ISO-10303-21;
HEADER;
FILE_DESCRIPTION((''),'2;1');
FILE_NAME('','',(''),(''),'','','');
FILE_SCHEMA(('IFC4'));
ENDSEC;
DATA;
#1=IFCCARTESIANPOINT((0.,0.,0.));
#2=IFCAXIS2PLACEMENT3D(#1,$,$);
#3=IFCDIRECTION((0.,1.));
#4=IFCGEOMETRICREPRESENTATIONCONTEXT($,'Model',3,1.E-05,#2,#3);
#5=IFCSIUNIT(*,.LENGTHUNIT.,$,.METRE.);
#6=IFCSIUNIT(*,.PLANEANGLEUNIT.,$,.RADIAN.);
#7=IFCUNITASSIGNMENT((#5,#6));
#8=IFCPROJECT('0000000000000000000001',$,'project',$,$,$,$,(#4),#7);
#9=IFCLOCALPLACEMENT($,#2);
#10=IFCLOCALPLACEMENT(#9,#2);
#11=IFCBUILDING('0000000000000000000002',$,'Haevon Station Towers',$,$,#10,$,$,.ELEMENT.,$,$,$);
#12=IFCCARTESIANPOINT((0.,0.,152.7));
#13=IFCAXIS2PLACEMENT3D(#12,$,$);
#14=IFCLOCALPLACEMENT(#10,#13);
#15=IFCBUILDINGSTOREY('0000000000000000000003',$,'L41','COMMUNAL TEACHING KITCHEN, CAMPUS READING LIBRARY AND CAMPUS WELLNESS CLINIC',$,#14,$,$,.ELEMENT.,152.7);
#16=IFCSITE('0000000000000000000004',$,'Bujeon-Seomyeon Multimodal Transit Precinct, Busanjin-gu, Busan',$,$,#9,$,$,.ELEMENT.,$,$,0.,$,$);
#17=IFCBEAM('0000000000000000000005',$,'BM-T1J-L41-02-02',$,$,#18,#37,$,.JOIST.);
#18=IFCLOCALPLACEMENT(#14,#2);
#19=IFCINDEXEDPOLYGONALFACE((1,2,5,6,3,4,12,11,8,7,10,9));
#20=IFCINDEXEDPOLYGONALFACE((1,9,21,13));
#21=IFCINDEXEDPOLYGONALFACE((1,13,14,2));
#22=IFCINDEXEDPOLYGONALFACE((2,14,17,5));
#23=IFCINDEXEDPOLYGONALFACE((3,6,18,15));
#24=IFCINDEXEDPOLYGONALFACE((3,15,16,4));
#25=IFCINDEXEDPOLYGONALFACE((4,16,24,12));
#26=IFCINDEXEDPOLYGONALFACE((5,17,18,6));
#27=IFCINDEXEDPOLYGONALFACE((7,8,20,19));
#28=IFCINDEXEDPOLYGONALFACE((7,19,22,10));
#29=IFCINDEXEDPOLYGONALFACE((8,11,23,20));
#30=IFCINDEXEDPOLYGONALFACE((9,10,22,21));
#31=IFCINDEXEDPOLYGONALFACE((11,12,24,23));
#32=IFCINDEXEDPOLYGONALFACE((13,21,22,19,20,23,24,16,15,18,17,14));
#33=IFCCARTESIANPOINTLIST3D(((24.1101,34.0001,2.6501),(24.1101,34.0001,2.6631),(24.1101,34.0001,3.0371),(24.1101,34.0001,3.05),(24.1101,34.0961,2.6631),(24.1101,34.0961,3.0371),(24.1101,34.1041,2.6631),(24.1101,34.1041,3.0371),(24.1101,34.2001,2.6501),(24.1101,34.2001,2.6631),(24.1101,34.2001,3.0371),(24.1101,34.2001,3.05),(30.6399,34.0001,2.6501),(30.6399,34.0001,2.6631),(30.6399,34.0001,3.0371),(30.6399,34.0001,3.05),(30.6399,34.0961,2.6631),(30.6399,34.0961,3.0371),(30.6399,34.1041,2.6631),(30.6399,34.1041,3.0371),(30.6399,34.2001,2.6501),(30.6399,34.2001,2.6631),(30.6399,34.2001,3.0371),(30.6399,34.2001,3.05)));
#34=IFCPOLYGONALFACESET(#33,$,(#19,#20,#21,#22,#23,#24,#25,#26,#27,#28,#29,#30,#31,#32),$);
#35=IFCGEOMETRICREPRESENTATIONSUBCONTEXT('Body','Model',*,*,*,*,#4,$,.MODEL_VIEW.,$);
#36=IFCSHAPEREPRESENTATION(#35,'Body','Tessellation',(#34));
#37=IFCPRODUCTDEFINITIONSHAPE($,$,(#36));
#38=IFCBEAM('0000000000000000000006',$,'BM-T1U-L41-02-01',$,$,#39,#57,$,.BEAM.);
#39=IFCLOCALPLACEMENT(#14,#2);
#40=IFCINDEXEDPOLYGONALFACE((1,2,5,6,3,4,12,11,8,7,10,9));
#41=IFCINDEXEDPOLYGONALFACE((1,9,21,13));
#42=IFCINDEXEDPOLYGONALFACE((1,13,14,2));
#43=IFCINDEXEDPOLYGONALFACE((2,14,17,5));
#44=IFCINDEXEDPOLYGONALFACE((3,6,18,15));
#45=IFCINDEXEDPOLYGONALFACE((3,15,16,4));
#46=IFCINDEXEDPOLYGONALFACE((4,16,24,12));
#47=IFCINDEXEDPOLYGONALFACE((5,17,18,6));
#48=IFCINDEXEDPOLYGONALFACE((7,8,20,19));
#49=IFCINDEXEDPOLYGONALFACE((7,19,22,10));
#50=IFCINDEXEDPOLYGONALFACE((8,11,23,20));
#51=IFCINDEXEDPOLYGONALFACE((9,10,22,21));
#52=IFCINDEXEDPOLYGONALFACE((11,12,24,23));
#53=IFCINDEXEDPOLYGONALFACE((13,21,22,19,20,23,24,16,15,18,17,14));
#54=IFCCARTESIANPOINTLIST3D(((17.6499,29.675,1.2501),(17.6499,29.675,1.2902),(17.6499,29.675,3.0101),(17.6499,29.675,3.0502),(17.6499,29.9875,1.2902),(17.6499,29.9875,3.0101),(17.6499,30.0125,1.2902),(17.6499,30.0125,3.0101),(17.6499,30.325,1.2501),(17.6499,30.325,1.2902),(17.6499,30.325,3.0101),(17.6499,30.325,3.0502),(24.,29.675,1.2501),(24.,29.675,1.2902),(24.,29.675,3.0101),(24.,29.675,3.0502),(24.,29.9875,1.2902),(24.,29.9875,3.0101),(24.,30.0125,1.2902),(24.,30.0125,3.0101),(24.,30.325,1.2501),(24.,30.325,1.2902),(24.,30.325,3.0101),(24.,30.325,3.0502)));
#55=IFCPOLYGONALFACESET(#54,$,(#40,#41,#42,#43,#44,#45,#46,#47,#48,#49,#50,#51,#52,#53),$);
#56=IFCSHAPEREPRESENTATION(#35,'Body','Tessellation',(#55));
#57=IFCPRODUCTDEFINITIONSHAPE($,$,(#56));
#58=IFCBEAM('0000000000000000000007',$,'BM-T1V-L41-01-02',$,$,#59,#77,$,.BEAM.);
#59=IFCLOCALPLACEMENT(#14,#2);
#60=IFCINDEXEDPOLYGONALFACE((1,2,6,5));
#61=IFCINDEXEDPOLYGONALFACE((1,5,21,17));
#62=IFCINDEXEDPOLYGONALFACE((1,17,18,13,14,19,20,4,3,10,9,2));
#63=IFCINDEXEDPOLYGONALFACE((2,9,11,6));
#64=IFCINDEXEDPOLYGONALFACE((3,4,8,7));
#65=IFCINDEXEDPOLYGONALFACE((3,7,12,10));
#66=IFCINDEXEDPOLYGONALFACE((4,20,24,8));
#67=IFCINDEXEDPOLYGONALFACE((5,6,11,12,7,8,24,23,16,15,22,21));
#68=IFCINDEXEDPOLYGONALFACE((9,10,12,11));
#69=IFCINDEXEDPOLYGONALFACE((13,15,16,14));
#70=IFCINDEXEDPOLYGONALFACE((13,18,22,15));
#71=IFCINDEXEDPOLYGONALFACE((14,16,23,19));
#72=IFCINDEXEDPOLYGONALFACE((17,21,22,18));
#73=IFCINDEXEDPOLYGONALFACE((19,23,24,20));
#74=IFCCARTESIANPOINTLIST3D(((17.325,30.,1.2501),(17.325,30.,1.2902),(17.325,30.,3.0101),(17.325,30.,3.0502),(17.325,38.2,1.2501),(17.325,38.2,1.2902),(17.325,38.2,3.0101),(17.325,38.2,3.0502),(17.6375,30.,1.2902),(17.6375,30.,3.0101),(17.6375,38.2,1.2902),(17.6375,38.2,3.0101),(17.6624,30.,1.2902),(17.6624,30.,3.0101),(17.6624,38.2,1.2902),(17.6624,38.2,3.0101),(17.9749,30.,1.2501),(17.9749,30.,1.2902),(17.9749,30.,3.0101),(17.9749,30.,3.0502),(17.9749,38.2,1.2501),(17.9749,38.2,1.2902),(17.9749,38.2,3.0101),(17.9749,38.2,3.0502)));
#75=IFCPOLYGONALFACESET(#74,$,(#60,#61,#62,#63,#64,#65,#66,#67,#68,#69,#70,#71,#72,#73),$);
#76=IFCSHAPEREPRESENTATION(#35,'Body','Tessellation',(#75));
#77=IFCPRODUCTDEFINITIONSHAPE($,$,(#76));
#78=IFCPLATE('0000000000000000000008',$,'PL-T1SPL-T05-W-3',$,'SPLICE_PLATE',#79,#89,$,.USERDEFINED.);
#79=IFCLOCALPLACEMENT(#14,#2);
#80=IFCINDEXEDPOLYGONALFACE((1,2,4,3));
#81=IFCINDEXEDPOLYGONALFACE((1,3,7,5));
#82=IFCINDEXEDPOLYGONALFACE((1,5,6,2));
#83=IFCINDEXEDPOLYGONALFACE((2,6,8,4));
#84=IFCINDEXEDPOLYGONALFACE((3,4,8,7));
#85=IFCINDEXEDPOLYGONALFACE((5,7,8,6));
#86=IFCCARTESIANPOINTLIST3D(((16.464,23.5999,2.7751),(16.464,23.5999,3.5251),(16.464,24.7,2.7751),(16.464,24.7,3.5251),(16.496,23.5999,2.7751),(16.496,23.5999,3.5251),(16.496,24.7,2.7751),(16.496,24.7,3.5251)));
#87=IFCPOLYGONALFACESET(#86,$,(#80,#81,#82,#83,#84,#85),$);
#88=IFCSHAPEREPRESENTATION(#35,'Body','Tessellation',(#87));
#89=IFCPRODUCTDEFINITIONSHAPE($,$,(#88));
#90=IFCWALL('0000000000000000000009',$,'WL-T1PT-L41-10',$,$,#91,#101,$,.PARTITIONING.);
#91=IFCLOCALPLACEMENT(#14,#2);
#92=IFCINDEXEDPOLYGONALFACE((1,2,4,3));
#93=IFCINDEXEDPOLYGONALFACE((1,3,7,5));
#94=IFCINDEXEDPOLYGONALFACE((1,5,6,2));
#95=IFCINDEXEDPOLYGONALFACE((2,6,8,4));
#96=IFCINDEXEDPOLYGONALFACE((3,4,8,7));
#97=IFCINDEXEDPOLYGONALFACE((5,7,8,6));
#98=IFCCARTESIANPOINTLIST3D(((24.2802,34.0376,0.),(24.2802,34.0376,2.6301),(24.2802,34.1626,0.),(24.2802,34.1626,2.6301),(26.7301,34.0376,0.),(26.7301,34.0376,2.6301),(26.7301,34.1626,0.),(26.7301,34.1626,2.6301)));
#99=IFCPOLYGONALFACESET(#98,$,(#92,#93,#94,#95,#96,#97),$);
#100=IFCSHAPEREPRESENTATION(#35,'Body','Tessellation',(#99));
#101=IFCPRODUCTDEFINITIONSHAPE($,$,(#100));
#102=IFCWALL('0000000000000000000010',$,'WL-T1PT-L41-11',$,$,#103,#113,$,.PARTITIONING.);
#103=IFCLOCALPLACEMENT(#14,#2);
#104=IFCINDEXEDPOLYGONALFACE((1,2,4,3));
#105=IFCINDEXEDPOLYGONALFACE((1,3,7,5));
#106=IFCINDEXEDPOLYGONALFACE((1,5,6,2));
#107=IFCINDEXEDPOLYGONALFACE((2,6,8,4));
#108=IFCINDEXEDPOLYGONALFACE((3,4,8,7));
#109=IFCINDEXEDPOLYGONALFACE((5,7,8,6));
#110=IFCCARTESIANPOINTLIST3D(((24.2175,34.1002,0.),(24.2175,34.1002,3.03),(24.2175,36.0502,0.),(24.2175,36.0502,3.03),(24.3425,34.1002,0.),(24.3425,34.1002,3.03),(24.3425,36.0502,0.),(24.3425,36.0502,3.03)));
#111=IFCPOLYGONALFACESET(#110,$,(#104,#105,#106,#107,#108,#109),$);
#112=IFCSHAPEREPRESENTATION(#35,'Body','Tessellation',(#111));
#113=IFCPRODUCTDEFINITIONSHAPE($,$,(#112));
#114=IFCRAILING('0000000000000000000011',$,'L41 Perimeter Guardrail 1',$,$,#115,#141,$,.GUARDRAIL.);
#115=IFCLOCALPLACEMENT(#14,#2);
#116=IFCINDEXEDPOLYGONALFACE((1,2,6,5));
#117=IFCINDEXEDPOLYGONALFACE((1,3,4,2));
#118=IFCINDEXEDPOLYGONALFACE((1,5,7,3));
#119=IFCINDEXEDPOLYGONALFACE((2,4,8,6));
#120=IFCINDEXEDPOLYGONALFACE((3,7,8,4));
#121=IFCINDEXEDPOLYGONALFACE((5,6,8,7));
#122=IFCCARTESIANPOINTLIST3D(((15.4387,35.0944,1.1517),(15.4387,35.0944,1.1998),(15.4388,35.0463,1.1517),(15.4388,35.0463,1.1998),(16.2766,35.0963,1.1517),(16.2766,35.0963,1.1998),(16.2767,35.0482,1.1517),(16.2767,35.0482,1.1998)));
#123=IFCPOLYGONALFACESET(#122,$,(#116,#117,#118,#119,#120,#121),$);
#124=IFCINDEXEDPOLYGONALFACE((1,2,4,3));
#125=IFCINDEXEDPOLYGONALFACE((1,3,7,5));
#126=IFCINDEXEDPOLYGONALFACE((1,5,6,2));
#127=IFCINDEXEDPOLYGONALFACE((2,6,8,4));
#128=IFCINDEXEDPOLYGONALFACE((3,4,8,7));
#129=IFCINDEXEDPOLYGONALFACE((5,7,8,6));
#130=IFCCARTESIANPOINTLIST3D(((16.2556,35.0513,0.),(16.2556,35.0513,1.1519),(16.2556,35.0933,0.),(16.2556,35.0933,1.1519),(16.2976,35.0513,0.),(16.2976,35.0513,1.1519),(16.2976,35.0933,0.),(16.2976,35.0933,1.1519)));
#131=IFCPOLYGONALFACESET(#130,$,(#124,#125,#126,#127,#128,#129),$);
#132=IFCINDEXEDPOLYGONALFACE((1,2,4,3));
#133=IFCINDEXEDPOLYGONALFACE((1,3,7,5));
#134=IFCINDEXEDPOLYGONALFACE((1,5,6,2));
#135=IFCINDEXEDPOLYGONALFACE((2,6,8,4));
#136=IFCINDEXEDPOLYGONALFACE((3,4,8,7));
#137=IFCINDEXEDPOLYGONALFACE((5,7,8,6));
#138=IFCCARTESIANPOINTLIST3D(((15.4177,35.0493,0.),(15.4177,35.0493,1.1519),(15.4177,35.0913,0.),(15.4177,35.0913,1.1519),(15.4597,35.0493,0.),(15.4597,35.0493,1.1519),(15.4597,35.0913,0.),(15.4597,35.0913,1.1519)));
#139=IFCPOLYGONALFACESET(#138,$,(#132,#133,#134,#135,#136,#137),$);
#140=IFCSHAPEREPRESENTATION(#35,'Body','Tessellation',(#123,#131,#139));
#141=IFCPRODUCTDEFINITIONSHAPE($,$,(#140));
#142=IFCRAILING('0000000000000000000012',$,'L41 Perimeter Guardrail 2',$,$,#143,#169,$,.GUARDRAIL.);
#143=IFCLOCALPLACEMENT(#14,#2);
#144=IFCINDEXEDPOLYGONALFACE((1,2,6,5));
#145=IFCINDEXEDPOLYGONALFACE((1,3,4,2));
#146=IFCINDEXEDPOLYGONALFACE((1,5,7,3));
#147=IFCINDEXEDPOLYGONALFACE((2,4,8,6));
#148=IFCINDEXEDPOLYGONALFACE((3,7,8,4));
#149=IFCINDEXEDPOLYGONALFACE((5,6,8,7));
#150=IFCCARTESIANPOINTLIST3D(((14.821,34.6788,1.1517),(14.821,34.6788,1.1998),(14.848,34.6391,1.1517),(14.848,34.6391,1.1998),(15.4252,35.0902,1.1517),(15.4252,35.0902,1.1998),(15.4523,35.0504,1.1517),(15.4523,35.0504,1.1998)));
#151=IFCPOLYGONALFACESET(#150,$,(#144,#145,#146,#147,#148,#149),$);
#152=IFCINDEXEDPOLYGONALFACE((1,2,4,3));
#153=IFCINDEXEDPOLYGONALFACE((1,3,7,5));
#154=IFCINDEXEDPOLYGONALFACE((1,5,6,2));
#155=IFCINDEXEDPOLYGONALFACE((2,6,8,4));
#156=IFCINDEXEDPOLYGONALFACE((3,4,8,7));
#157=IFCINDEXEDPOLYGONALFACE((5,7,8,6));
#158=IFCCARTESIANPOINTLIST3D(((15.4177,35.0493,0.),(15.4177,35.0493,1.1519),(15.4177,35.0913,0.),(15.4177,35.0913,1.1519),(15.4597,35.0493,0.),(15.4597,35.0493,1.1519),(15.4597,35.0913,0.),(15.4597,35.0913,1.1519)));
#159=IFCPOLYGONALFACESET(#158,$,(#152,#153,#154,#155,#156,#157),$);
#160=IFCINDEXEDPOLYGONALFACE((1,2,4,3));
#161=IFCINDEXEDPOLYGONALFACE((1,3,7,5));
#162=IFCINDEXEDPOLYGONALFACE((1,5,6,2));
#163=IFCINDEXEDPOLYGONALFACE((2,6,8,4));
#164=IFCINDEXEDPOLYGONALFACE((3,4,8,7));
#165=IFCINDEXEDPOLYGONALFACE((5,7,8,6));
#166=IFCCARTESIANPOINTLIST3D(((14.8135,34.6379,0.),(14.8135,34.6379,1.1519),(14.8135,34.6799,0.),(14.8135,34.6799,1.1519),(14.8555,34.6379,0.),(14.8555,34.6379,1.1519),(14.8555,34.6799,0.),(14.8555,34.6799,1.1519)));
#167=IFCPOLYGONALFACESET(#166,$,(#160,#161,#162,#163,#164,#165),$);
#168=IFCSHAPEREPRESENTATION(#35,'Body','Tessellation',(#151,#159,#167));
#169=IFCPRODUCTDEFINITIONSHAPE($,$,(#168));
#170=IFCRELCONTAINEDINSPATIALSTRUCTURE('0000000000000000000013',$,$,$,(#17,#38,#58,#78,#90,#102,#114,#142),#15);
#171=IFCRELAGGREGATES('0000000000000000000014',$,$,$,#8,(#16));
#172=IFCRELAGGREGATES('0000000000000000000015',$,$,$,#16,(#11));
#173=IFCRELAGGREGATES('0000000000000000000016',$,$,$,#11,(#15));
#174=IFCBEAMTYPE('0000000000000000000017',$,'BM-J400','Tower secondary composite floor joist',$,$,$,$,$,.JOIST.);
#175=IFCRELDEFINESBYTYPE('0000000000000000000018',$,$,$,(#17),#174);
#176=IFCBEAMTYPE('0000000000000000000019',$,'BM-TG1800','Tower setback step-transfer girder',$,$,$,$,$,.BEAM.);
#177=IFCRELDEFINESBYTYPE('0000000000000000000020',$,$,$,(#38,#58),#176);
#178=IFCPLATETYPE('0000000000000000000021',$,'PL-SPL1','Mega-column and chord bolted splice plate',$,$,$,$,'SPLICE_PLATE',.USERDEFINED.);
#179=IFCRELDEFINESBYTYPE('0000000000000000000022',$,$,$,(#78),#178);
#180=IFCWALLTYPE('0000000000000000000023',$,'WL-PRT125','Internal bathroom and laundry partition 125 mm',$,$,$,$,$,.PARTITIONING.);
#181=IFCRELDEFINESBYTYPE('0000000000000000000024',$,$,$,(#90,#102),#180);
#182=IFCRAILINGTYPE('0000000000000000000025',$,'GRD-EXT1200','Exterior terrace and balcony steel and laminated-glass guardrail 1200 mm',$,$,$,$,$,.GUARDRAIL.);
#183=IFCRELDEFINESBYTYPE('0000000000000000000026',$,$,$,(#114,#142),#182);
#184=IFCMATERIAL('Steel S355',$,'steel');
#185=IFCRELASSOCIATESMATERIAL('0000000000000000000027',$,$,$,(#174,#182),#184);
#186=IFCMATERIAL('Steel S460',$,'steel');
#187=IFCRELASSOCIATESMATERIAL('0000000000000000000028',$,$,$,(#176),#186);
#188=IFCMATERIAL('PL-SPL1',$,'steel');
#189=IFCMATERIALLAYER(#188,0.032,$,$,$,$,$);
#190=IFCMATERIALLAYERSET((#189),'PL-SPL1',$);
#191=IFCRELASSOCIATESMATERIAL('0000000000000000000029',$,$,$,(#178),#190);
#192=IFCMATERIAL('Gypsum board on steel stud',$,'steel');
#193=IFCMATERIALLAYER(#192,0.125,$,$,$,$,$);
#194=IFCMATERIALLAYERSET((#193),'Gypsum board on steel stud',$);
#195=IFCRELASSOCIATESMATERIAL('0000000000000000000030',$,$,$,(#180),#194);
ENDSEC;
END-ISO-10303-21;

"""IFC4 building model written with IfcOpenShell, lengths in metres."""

from ifc_helpers import new_model, si_unit, direction, frame, frame_2d, origin, origin_2d, place, context, subcontext, project, spatial, rectangle, i_section, extrude, material, layer, layer_set, material_profile, profile_set, type_object, element, save


model = new_model("IFC4")

# Units and contexts
model_context = context("Model", 3, precision=1e-05, world=origin(), true_north=direction((0.0, 1.0)))
body_context = subcontext(model_context, "Body", "Model", "MODEL_VIEW")
ifc_project = project(units=[si_unit("LENGTHUNIT", "METRE"), si_unit("PLANEANGLEUNIT", "RADIAN")], contexts=[model_context])

# Site, building, storey
site_placement = place(None, origin())
site = spatial("IfcSite", under=ifc_project, at=site_placement, Name="Bujeon-Seomyeon Multimodal Transit Precinct, Busanjin-gu, Busan", CompositionType="ELEMENT", RefElevation=0.0)
building_placement = place(site_placement, origin())
building = spatial("IfcBuilding", under=site, at=building_placement, Name="Haevon Station Towers", CompositionType="ELEMENT")
storey_placement = place(building_placement, frame((0.0, 0.0, 152.7)))
storey = spatial("IfcBuildingStorey", under=building, at=storey_placement, Name="L41", Description="COMMUNAL TEACHING KITCHEN, CAMPUS READING LIBRARY AND CAMPUS WELLNESS CLINIC", CompositionType="ELEMENT", Elevation=152.7)

# Shared definitions
ifc_material_1 = material(Name="Steel S355", Category="steel")

# Beams
ifc_material_profile_1 = material_profile(ifc_material_1, i_section(OverallWidth=0.2, OverallDepth=0.3999, WebThickness=0.0081, FlangeThickness=0.0129, at=origin_2d()), Name="H-400x200x8x13")
ifc_profile_set_1 = profile_set([ifc_material_profile_1], Name="Steel S355")
beam_type_1 = type_object("IfcBeamType", Name="BM-J400", Description="Tower secondary composite floor joist", PredefinedType="JOIST", material=ifc_profile_set_1)
beam_1_placement = place(storey_placement, frame((24.1101, 34.1001, 2.8501), z_axis=(1.0, 0.0, 0.0), x_axis=(0.0, 1.0, 0.0)))
element("IfcBeam", 1, at=beam_1_placement, inside=storey, type_object=beam_type_1, Name="BM-T1J-L41-02-02", PredefinedType="JOIST", context=body_context, shape_type="SweptSolid", body=[
    extrude(i_section(OverallWidth=0.2, OverallDepth=0.3999, WebThickness=0.0081, FlangeThickness=0.0129, at=origin_2d()), origin(), (0.0, 0.0, 1.0), 6.5298),
])
ifc_material_2 = material(Name="Steel S460", Category="steel")
ifc_material_profile_2 = material_profile(ifc_material_2, i_section(OverallWidth=0.6499, OverallDepth=1.8, WebThickness=0.0249, FlangeThickness=0.04, at=origin_2d()), Name="H-1800x650x25x40")
ifc_profile_set_2 = profile_set([ifc_material_profile_2], Name="Steel S460")
beam_type_2 = type_object("IfcBeamType", Name="BM-TG1800", Description="Tower setback step-transfer girder", PredefinedType="BEAM", material=ifc_profile_set_2)
beam_2_placement = place(storey_placement, frame((17.6499, 30.0, 2.1501), z_axis=(1.0, 0.0, 0.0), x_axis=(0.0, 1.0, 0.0)))
element("IfcBeam", 2, at=beam_2_placement, inside=storey, type_object=beam_type_2, Name="BM-T1U-L41-02-01", PredefinedType="BEAM", context=body_context, shape_type="SweptSolid", body=[
    extrude(i_section(OverallWidth=0.6499, OverallDepth=1.8, WebThickness=0.0249, FlangeThickness=0.04, at=origin_2d()), origin(), (0.0, 0.0, 1.0), 6.3501),
])
beam_3_placement = place(storey_placement, frame((17.6499, 30.0, 2.1501), z_axis=(0.0, 1.0, 0.0), x_axis=(-1.0, 0.0, 0.0)))
element("IfcBeam", 3, at=beam_3_placement, inside=storey, type_object=beam_type_2, Name="BM-T1V-L41-01-02", PredefinedType="BEAM", context=body_context, shape_type="SweptSolid", body=[
    extrude(i_section(OverallWidth=0.6499, OverallDepth=1.8, WebThickness=0.0249, FlangeThickness=0.04, at=origin_2d()), origin(), (0.0, 0.0, 1.0), 8.2),
])

# Plate
ifc_material_3 = material(Name="PL-SPL1", Category="steel")
ifc_layer_1 = layer(ifc_material_3, 0.032)
ifc_layer_set_1 = layer_set([ifc_layer_1], Name="PL-SPL1")
plate_type = type_object("IfcPlateType", Name="PL-SPL1", Description="Mega-column and chord bolted splice plate", ElementType="SPLICE_PLATE", PredefinedType="USERDEFINED", material=ifc_layer_set_1)
plate_placement = place(storey_placement, frame((16.48, 24.1499, 2.7751), z_axis=(0.0, 0.0, 1.0), x_axis=(0.0, 1.0, 0.0)))
element("IfcPlate", 4, at=plate_placement, inside=storey, type_object=plate_type, Name="PL-T1SPL-T05-W-3", ObjectType="SPLICE_PLATE", PredefinedType="USERDEFINED", context=body_context, shape_type="SweptSolid", body=[
    extrude(rectangle(XDim=1.1001, YDim=0.032, at=origin_2d()), origin(), (0.0, 0.0, 1.0), 0.75),
])

# Walls
ifc_material_4 = material(Name="Gypsum board on steel stud", Category="steel")
ifc_layer_2 = layer(ifc_material_4, 0.125)
ifc_layer_set_2 = layer_set([ifc_layer_2], Name="Gypsum board on steel stud")
wall_type = type_object("IfcWallType", Name="WL-PRT125", Description="Internal bathroom and laundry partition 125 mm", PredefinedType="PARTITIONING", material=ifc_layer_set_2)
wall_1_placement = place(storey_placement, frame((24.28, 34.1001, 0.0), z_axis=(0.0, 0.0, 1.0), x_axis=(1.0, 0.0, 0.0)))
element("IfcWall", 5, at=wall_1_placement, inside=storey, type_object=wall_type, Name="WL-T1PT-L41-10", PredefinedType="PARTITIONING", context=body_context, shape_type="SweptSolid", body=[
    extrude(rectangle(XDim=2.45, YDim=0.125, at=frame_2d((1.2251, 0.0))), origin(), (0.0, 0.0, 1.0), 2.6301),
])
wall_2_placement = place(storey_placement, frame((24.28, 34.1001, 0.0), z_axis=(0.0, 0.0, 1.0), x_axis=(0.0, 1.0, 0.0)))
element("IfcWall", 6, at=wall_2_placement, inside=storey, type_object=wall_type, Name="WL-T1PT-L41-11", PredefinedType="PARTITIONING", context=body_context, shape_type="SweptSolid", body=[
    extrude(rectangle(XDim=1.95, YDim=0.125, at=frame_2d((0.9751, 0.0))), origin(), (0.0, 0.0, 1.0), 3.03),
])

# Railings
railing_type = type_object("IfcRailingType", Name="GRD-EXT1200", Description="Exterior terrace and balcony steel and laminated-glass guardrail 1200 mm", PredefinedType="GUARDRAIL", material=ifc_material_1)
railing_1_placement = place(storey_placement, frame((16.2766, 35.0723, 0.0)))
element("IfcRailing", 7, at=railing_1_placement, inside=storey, type_object=railing_type, Name="L41 Perimeter Guardrail 1", PredefinedType="GUARDRAIL", context=body_context, shape_type="SweptSolid", body=[
    extrude(rectangle(XDim=0.0481, YDim=0.0481, at=origin_2d()), frame((0.0, 0.0, 1.1758), z_axis=(-0.999997, -0.002331, 0.0), x_axis=(0.002331, -0.999997, 0.0)), (0.0, 0.0, 1.0), 0.8379),
    extrude(rectangle(XDim=0.042, YDim=0.042, at=origin_2d()), origin(), (0.0, 0.0, 1.0), 1.1519),
    extrude(rectangle(XDim=0.042, YDim=0.042, at=origin_2d()), frame((-0.8379, -0.002, 0.0)), (0.0, 0.0, 1.0), 1.1519),
])
railing_2_placement = place(storey_placement, frame((15.4387, 35.0703, 0.0)))
element("IfcRailing", 8, at=railing_2_placement, inside=storey, type_object=railing_type, Name="L41 Perimeter Guardrail 2", PredefinedType="GUARDRAIL", context=body_context, shape_type="SweptSolid", body=[
    extrude(rectangle(XDim=0.0481, YDim=0.0481, at=origin_2d()), frame((0.0, 0.0, 1.1758), z_axis=(-0.826616, -0.562767, 0.0), x_axis=(0.562767, -0.826616, 0.0)), (0.0, 0.0, 1.0), 0.731),
    extrude(rectangle(XDim=0.042, YDim=0.042, at=origin_2d()), origin(), (0.0, 0.0, 1.0), 1.1519),
    extrude(rectangle(XDim=0.042, YDim=0.042, at=origin_2d()), frame((-0.6042, -0.4114, 0.0)), (0.0, 0.0, 1.0), 1.1519),
])

save(model, "model.ifc")
